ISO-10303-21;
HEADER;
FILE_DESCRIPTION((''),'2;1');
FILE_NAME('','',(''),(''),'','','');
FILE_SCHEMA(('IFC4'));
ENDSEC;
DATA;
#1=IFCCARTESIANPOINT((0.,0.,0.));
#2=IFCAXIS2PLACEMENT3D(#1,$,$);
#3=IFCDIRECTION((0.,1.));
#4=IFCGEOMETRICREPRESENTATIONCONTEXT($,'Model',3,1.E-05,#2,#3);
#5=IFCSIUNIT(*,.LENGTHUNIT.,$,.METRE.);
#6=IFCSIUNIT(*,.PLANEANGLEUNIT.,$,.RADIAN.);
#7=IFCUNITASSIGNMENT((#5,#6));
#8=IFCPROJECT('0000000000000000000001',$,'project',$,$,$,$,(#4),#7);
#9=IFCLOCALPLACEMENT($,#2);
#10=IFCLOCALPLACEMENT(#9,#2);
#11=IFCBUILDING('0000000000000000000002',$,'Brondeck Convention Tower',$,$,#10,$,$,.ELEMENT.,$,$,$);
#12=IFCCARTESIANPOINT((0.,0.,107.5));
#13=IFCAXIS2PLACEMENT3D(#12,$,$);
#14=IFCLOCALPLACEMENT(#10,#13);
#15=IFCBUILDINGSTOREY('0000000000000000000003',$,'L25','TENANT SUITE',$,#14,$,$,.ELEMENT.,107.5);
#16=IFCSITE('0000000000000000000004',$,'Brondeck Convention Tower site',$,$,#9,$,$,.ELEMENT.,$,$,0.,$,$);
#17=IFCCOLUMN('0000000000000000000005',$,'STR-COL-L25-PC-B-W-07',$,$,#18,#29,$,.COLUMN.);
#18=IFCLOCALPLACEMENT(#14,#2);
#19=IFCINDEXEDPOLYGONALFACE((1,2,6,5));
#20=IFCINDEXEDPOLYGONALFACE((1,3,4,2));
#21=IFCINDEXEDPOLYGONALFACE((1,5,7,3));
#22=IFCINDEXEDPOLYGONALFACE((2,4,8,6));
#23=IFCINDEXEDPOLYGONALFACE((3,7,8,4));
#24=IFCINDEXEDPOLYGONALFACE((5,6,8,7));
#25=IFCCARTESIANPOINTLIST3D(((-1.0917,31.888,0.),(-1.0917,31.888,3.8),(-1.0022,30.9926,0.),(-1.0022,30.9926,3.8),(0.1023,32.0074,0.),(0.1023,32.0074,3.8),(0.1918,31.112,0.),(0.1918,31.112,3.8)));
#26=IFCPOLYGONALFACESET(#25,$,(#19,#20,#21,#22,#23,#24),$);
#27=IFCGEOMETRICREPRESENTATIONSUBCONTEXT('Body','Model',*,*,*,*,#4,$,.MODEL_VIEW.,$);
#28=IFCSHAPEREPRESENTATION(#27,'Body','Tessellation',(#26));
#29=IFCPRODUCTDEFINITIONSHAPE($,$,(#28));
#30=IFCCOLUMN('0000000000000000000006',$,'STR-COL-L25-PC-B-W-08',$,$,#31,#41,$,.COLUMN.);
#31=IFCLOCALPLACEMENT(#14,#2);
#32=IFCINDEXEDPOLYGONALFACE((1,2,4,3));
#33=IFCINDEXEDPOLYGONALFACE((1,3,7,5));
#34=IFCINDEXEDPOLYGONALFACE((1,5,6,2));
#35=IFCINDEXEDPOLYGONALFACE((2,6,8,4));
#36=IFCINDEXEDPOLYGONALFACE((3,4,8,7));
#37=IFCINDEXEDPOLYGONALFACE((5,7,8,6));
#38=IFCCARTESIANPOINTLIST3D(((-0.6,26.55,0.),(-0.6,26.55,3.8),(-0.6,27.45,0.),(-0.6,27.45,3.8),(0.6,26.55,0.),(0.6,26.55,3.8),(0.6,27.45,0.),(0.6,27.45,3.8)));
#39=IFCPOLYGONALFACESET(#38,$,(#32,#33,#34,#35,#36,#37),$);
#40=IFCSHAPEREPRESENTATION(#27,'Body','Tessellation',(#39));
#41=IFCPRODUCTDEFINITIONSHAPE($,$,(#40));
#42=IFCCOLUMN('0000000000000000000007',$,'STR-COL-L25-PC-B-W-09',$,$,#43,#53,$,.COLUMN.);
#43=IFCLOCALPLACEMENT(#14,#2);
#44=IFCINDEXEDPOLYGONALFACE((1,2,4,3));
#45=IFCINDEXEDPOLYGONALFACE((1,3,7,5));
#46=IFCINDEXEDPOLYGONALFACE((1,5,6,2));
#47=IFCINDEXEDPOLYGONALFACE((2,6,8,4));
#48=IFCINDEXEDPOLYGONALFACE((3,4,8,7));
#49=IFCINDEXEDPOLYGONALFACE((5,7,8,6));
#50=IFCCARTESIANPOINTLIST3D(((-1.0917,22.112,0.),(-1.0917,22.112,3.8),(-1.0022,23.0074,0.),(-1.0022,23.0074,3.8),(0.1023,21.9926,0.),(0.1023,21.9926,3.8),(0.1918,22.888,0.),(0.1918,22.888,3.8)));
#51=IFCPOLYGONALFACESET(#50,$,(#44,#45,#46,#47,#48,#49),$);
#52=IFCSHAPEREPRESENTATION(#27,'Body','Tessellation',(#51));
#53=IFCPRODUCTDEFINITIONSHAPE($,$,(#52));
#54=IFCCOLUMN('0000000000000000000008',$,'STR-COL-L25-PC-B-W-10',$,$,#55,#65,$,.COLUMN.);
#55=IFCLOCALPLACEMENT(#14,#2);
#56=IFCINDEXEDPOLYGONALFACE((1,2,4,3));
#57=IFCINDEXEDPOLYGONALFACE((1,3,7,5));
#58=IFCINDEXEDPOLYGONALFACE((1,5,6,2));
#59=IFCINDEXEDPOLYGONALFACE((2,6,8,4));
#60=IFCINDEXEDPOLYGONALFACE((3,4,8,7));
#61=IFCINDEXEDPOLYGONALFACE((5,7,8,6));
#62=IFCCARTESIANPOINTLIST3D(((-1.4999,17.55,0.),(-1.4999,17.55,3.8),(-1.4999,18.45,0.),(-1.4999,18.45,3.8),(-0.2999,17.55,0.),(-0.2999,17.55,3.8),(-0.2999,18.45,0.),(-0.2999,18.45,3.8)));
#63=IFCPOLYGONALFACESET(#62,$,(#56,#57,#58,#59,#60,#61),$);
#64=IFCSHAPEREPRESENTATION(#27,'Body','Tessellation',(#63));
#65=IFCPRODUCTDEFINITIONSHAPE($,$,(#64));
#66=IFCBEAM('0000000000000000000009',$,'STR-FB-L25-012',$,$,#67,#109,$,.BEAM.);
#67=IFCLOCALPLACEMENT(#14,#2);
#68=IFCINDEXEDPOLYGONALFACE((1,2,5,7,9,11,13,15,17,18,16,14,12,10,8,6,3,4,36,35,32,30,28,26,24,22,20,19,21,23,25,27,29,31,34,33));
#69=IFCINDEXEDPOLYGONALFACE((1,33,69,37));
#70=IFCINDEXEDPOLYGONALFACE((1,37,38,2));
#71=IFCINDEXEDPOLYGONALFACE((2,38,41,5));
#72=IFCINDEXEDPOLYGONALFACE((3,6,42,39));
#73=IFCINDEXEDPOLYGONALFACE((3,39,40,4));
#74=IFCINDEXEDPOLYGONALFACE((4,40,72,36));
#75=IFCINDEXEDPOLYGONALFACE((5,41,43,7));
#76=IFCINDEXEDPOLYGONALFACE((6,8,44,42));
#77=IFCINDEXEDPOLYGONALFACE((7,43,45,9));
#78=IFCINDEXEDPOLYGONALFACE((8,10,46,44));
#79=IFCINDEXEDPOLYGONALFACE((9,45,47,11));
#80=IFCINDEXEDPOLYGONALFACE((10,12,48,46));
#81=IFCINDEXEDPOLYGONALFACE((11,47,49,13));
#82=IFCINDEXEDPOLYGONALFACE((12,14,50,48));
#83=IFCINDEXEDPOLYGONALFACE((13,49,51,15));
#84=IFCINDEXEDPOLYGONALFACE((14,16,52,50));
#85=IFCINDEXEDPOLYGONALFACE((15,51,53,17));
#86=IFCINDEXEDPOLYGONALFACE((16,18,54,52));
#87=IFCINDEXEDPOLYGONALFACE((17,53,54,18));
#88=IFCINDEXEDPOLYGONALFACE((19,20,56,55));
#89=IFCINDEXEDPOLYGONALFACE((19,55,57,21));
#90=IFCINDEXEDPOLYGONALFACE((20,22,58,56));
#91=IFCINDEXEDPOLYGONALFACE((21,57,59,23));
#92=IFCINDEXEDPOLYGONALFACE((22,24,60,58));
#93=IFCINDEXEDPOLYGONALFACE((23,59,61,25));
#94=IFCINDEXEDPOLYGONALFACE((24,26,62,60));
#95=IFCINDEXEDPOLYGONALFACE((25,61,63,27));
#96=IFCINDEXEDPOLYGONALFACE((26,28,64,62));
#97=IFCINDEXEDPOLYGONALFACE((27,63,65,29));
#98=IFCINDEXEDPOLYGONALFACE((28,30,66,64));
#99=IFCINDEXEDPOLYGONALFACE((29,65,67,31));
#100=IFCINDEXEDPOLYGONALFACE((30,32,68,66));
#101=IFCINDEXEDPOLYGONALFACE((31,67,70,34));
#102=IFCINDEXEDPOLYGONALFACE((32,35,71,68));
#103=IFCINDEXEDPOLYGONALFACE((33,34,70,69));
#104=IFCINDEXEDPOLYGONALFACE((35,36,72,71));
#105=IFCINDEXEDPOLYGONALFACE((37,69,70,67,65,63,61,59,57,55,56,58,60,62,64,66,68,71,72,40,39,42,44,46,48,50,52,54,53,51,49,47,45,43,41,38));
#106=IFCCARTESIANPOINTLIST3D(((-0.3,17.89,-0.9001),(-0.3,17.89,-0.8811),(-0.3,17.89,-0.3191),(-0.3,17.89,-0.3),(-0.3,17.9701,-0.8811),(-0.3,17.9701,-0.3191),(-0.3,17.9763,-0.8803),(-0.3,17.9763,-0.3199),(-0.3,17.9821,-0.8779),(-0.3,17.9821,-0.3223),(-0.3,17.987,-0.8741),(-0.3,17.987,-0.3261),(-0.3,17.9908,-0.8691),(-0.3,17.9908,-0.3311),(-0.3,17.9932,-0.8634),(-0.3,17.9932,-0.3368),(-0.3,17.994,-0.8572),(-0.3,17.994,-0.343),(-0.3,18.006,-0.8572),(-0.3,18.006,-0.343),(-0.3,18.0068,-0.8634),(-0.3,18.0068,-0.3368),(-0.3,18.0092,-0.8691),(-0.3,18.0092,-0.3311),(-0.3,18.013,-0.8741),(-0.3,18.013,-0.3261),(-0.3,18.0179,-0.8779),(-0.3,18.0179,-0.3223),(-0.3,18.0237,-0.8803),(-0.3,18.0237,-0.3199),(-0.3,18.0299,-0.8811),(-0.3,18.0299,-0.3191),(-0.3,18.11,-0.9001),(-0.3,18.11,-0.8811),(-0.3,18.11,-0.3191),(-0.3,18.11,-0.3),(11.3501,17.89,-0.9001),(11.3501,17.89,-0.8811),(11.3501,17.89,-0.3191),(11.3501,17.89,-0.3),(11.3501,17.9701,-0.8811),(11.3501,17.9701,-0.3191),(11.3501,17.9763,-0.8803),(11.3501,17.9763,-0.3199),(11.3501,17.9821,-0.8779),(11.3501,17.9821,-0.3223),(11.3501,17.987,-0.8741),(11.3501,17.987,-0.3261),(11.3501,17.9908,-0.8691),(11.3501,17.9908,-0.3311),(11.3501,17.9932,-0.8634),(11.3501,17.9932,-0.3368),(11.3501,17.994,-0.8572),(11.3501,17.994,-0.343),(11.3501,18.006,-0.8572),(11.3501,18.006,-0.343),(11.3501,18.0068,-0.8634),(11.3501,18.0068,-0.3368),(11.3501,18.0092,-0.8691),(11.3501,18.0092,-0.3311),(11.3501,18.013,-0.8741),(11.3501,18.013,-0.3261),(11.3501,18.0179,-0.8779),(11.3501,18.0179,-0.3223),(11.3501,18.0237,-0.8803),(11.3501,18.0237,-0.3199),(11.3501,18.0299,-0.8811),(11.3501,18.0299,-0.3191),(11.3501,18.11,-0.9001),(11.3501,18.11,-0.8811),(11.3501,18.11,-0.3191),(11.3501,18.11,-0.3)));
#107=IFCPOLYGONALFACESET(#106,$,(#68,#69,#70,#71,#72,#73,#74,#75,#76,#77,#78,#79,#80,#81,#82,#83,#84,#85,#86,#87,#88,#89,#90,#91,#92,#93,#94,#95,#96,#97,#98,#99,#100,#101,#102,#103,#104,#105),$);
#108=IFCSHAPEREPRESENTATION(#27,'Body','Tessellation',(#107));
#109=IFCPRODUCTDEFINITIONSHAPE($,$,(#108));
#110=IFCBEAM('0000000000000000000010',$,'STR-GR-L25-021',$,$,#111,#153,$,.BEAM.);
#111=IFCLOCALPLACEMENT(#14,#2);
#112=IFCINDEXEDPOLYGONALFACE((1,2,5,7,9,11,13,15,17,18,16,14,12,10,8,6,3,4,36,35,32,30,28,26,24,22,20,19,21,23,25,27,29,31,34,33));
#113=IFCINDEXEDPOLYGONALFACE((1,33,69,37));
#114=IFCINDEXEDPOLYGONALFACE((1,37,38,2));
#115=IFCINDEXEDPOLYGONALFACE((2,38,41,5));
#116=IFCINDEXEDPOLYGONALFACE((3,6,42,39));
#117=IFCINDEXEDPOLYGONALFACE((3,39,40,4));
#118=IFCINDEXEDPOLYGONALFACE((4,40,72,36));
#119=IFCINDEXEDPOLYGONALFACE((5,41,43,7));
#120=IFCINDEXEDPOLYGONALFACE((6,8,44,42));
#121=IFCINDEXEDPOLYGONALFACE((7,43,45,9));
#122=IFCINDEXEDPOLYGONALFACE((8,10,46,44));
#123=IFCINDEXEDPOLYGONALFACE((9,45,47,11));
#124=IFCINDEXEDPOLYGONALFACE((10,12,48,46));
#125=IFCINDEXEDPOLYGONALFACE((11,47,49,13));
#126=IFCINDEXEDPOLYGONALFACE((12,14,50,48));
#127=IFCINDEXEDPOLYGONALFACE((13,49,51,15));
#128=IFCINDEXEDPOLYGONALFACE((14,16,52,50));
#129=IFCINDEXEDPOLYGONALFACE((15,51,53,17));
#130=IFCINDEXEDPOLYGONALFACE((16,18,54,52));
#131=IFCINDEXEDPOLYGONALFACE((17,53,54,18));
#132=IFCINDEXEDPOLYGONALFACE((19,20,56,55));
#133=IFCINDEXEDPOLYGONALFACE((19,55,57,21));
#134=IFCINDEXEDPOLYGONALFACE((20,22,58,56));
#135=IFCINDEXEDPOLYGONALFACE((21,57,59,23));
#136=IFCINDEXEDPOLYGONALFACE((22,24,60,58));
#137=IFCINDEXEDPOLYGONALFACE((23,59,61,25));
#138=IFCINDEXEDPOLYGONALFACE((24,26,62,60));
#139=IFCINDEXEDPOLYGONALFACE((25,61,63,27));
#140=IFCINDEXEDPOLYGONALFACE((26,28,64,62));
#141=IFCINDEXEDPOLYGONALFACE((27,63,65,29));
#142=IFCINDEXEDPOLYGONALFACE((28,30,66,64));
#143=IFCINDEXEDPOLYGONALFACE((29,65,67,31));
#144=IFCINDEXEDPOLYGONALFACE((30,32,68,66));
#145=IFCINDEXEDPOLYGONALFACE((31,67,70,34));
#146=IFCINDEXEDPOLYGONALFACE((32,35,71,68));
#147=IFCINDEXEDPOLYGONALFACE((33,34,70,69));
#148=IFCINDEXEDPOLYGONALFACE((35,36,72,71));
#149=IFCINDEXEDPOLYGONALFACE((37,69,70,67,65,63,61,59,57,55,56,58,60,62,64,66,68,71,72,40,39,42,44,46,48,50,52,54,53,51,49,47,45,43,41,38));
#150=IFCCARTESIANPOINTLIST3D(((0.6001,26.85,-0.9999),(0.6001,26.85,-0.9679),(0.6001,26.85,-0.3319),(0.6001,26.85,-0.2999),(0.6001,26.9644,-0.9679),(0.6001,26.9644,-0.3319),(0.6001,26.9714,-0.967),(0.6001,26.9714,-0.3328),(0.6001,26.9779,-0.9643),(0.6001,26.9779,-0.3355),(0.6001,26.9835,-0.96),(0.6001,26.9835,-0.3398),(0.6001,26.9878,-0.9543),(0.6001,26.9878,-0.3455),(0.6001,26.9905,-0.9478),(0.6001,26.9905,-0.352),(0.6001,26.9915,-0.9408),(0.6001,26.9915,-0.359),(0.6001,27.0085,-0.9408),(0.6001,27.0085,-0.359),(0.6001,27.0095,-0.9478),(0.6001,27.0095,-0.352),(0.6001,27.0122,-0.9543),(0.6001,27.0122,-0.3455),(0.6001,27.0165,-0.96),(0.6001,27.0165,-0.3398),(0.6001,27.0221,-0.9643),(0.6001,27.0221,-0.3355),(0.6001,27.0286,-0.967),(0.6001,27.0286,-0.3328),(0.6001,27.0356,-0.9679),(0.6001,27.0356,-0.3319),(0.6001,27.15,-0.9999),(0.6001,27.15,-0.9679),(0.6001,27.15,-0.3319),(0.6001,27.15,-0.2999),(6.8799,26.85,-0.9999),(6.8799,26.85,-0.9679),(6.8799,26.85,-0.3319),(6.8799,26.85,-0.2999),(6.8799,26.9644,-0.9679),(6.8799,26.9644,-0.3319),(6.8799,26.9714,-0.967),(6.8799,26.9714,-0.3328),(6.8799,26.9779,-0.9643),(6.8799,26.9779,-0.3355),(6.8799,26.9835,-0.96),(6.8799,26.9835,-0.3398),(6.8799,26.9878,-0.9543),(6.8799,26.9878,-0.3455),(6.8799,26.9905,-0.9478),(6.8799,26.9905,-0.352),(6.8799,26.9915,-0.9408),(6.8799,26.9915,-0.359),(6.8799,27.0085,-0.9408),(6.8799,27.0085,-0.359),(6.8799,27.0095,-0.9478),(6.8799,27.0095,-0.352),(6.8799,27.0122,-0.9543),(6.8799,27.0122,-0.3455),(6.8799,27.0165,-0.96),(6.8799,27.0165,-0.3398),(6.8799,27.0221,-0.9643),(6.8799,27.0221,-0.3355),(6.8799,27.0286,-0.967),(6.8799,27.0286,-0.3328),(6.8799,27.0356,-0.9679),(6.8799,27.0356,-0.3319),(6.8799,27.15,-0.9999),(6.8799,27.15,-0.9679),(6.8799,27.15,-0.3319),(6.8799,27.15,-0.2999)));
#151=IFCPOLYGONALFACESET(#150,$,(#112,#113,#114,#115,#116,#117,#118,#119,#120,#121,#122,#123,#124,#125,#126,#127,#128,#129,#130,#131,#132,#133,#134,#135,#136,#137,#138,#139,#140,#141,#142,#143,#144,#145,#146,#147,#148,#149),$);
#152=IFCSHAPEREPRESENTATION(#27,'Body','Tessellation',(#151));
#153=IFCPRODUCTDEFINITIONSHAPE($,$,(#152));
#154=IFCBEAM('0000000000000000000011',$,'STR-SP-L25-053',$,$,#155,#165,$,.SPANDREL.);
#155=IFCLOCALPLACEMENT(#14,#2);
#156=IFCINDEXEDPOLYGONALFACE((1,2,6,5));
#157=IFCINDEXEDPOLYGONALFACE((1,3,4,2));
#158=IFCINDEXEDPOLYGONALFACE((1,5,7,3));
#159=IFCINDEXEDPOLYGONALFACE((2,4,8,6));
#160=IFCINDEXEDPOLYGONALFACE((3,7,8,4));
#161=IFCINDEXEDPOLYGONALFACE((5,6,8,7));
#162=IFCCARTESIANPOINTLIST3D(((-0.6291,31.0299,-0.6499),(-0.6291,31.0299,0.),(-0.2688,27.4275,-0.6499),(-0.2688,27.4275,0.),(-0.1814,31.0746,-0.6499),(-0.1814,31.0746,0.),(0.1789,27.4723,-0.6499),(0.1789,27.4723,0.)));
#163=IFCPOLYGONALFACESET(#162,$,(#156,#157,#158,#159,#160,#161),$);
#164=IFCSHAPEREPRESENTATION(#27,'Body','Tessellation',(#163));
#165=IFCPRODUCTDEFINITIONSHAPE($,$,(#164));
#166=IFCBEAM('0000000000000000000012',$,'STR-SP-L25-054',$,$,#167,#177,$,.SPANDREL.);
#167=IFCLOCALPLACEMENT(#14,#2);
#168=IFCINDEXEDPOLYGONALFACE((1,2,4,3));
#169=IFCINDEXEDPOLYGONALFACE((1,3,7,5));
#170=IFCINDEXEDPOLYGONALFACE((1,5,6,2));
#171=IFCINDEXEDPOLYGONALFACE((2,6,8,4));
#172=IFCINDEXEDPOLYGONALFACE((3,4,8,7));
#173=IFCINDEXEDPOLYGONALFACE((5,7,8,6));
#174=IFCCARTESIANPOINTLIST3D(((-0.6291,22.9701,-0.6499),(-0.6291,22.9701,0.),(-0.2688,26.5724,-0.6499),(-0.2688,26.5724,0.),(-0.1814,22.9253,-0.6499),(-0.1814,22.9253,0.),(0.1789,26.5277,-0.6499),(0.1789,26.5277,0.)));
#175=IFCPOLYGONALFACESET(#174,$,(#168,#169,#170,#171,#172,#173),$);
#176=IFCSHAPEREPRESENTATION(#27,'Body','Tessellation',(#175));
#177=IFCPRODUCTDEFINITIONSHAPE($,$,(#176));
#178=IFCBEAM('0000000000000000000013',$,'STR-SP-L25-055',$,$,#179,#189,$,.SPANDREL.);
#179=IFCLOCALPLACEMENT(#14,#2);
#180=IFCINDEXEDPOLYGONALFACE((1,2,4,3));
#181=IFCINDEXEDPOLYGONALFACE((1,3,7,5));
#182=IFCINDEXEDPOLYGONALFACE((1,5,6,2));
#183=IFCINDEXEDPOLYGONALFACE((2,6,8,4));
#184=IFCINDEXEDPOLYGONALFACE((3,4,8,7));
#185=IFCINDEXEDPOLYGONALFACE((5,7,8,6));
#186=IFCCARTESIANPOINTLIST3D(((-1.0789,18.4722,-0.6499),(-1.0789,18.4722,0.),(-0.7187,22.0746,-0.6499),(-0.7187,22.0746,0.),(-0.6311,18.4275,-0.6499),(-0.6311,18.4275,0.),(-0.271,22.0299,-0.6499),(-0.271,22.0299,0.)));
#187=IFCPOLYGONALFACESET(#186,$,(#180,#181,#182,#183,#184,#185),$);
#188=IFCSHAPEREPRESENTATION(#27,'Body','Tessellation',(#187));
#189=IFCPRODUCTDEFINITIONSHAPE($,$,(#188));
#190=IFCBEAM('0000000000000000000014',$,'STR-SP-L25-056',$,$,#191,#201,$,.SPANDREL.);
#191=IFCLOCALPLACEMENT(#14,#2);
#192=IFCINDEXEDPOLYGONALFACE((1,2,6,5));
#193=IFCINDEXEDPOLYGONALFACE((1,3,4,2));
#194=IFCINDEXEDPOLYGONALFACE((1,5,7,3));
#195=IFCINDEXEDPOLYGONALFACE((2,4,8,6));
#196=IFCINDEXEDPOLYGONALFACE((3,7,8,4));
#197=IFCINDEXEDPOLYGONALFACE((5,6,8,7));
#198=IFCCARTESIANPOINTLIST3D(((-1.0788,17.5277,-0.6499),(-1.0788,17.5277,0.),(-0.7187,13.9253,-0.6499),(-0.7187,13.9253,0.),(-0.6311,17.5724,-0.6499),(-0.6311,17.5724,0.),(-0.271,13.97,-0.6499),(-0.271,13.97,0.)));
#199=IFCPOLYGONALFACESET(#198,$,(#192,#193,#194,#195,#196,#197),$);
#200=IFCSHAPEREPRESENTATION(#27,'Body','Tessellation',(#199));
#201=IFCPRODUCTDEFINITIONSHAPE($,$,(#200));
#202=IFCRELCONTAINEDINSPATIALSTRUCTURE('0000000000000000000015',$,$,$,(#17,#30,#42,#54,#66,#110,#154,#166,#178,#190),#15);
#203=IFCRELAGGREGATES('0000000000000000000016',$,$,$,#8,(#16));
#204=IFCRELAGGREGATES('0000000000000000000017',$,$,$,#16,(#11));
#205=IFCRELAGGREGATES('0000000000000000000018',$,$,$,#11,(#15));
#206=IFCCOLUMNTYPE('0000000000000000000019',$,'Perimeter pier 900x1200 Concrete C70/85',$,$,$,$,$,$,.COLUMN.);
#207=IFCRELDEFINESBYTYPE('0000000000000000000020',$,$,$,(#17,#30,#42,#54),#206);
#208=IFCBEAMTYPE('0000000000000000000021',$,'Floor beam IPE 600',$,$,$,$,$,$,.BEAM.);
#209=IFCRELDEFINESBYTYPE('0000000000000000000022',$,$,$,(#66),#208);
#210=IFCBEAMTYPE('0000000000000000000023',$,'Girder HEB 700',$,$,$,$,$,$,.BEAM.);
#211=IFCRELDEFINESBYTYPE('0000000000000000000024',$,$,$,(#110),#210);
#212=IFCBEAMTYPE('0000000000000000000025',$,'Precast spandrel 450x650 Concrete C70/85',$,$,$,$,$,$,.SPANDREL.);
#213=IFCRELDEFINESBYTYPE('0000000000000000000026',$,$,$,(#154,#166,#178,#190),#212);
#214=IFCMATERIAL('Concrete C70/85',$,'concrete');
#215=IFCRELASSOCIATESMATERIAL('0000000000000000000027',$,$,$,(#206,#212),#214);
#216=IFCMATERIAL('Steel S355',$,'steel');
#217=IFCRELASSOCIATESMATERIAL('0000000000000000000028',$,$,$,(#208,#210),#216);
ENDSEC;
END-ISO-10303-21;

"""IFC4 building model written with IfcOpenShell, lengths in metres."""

from ifc_helpers import new_model, si_unit, direction, frame, origin, origin_2d, place, context, subcontext, project, spatial, rectangle, i_section, extrude, material, material_profile, profile_set, type_object, element, save


model = new_model("IFC4")

# Units and contexts
model_context = context("Model", 3, precision=1e-05, world=origin(), true_north=direction((0.0, 1.0)))
body_context = subcontext(model_context, "Body", "Model", "MODEL_VIEW")
ifc_project = project(units=[si_unit("LENGTHUNIT", "METRE"), si_unit("PLANEANGLEUNIT", "RADIAN")], contexts=[model_context])

# Site, building, storey
site_placement = place(None, origin())
site = spatial("IfcSite", under=ifc_project, at=site_placement, Name="Brondeck Convention Tower site", CompositionType="ELEMENT", RefElevation=0.0)
building_placement = place(site_placement, origin())
building = spatial("IfcBuilding", under=site, at=building_placement, Name="Brondeck Convention Tower", CompositionType="ELEMENT")
storey_placement = place(building_placement, frame((0.0, 0.0, 107.5)))
storey = spatial("IfcBuildingStorey", under=building, at=storey_placement, Name="L25", Description="TENANT SUITE", CompositionType="ELEMENT", Elevation=107.5)

# Columns
ifc_material_1 = material(Name="Concrete C70/85", Category="concrete")
ifc_material_profile_1 = material_profile(ifc_material_1, rectangle(XDim=0.8999, YDim=1.2, at=origin_2d()), Name="Perimeter pier 900x1200 Concrete C70/85")
ifc_profile_set_1 = profile_set([ifc_material_profile_1], Name="Concrete C70/85")
column_type = type_object("IfcColumnType", Name="Perimeter pier 900x1200 Concrete C70/85", PredefinedType="COLUMN", material=ifc_profile_set_1)
for number, where, z_axis, x_axis, name in (
    (1, (-0.45, 31.5, 0.0), (0.0, 0.0, 1.0), (0.099504, -0.995037, 0.0), "STR-COL-L25-PC-B-W-07"),
    (2, (0.0, 27.0, 0.0), (0.0, 0.0, 1.0), (0.0, -1.0, 0.0), "STR-COL-L25-PC-B-W-08"),
    (3, (-0.45, 22.5, 0.0), (0.0, 0.0, 1.0), (-0.099504, -0.995037, 0.0), "STR-COL-L25-PC-B-W-09"),
    (4, (-0.8999, 18.0, 0.0), (0.0, 0.0, 1.0), (0.0, -1.0, 0.0), "STR-COL-L25-PC-B-W-10"),
):
    element("IfcColumn", number, at=place(storey_placement, frame(where, z_axis=z_axis, x_axis=x_axis)), inside=storey, type_object=column_type, Name=name, PredefinedType="COLUMN", context=body_context, shape_type="SweptSolid", body=[
        extrude(rectangle(XDim=0.8999, YDim=1.2, at=origin_2d()), origin(), (0.0, 0.0, 1.0), 3.8),
    ])

# Beams
ifc_material_2 = material(Name="Steel S355", Category="steel")
ifc_material_profile_2 = material_profile(ifc_material_2, i_section(OverallWidth=0.22, OverallDepth=0.6001, WebThickness=0.012, FlangeThickness=0.019, FilletRadius=0.0239, at=origin_2d()), Name="IPE 600")
ifc_profile_set_2 = profile_set([ifc_material_profile_2], Name="Steel S355")
beam_type_1 = type_object("IfcBeamType", Name="Floor beam IPE 600", PredefinedType="BEAM", material=ifc_profile_set_2)
beam_1_placement = place(storey_placement, frame((-0.3, 18.0, -0.6001), z_axis=(1.0, 0.0, 0.0), x_axis=(0.0, 1.0, 0.0)))
element("IfcBeam", 5, at=beam_1_placement, inside=storey, type_object=beam_type_1, Name="STR-FB-L25-012", PredefinedType="BEAM", context=body_context, shape_type="SweptSolid", body=[
    extrude(i_section(OverallWidth=0.22, OverallDepth=0.6001, WebThickness=0.012, FlangeThickness=0.019, FilletRadius=0.0239, at=origin_2d()), origin(), (0.0, 0.0, 1.0), 11.6501),
])
ifc_material_profile_3 = material_profile(ifc_material_2, i_section(OverallWidth=0.3, OverallDepth=0.7, WebThickness=0.0171, FlangeThickness=0.032, FilletRadius=0.0271, at=origin_2d()), Name="HEB 700")
ifc_profile_set_3 = profile_set([ifc_material_profile_3], Name="Steel S355")
beam_type_2 = type_object("IfcBeamType", Name="Girder HEB 700", PredefinedType="BEAM", material=ifc_profile_set_3)
beam_2_placement = place(storey_placement, frame((0.6001, 27.0, -0.6499), z_axis=(1.0, 0.0, 0.0), x_axis=(0.0, 1.0, 0.0)))
element("IfcBeam", 6, at=beam_2_placement, inside=storey, type_object=beam_type_2, Name="STR-GR-L25-021", PredefinedType="BEAM", context=body_context, shape_type="SweptSolid", body=[
    extrude(i_section(OverallWidth=0.3, OverallDepth=0.7, WebThickness=0.0171, FlangeThickness=0.032, FilletRadius=0.0271, at=origin_2d()), origin(), (0.0, 0.0, 1.0), 6.2798),
])
ifc_material_profile_4 = material_profile(ifc_material_1, rectangle(XDim=0.45, YDim=0.6499, at=origin_2d()), Name="Precast spandrel 450x650 Concrete C70/85")
ifc_profile_set_4 = profile_set([ifc_material_profile_4], Name="Concrete C70/85")
beam_type_3 = type_object("IfcBeamType", Name="Precast spandrel 450x650 Concrete C70/85", PredefinedType="SPANDREL", material=ifc_profile_set_4)
for number, where, z_axis, x_axis, name in (
    (7, (-0.4053, 31.0522, -0.325), (0.099537, -0.995034, 0.0), (0.995034, 0.099537, 0.0), "STR-SP-L25-053"),
    (8, (-0.0449, 26.55, -0.325), (-0.099537, -0.995034, 0.0), (0.995034, -0.099537, 0.0), "STR-SP-L25-054"),
    (9, (-0.4949, 22.0522, -0.325), (-0.09947, -0.995041, 0.0), (0.995041, -0.09947, 0.0), "STR-SP-L25-055"),
    (10, (-0.855, 17.55, -0.325), (0.09947, -0.995041, 0.0), (0.995041, 0.09947, 0.0), "STR-SP-L25-056"),
):
    element("IfcBeam", number, at=place(storey_placement, frame(where, z_axis=z_axis, x_axis=x_axis)), inside=storey, type_object=beam_type_3, Name=name, PredefinedType="SPANDREL", context=body_context, shape_type="SweptSolid", body=[
        extrude(rectangle(XDim=0.45, YDim=0.6499, at=origin_2d()), origin(), (0.0, 0.0, 1.0), 3.6204),
    ])

save(model, "model.ifc")
